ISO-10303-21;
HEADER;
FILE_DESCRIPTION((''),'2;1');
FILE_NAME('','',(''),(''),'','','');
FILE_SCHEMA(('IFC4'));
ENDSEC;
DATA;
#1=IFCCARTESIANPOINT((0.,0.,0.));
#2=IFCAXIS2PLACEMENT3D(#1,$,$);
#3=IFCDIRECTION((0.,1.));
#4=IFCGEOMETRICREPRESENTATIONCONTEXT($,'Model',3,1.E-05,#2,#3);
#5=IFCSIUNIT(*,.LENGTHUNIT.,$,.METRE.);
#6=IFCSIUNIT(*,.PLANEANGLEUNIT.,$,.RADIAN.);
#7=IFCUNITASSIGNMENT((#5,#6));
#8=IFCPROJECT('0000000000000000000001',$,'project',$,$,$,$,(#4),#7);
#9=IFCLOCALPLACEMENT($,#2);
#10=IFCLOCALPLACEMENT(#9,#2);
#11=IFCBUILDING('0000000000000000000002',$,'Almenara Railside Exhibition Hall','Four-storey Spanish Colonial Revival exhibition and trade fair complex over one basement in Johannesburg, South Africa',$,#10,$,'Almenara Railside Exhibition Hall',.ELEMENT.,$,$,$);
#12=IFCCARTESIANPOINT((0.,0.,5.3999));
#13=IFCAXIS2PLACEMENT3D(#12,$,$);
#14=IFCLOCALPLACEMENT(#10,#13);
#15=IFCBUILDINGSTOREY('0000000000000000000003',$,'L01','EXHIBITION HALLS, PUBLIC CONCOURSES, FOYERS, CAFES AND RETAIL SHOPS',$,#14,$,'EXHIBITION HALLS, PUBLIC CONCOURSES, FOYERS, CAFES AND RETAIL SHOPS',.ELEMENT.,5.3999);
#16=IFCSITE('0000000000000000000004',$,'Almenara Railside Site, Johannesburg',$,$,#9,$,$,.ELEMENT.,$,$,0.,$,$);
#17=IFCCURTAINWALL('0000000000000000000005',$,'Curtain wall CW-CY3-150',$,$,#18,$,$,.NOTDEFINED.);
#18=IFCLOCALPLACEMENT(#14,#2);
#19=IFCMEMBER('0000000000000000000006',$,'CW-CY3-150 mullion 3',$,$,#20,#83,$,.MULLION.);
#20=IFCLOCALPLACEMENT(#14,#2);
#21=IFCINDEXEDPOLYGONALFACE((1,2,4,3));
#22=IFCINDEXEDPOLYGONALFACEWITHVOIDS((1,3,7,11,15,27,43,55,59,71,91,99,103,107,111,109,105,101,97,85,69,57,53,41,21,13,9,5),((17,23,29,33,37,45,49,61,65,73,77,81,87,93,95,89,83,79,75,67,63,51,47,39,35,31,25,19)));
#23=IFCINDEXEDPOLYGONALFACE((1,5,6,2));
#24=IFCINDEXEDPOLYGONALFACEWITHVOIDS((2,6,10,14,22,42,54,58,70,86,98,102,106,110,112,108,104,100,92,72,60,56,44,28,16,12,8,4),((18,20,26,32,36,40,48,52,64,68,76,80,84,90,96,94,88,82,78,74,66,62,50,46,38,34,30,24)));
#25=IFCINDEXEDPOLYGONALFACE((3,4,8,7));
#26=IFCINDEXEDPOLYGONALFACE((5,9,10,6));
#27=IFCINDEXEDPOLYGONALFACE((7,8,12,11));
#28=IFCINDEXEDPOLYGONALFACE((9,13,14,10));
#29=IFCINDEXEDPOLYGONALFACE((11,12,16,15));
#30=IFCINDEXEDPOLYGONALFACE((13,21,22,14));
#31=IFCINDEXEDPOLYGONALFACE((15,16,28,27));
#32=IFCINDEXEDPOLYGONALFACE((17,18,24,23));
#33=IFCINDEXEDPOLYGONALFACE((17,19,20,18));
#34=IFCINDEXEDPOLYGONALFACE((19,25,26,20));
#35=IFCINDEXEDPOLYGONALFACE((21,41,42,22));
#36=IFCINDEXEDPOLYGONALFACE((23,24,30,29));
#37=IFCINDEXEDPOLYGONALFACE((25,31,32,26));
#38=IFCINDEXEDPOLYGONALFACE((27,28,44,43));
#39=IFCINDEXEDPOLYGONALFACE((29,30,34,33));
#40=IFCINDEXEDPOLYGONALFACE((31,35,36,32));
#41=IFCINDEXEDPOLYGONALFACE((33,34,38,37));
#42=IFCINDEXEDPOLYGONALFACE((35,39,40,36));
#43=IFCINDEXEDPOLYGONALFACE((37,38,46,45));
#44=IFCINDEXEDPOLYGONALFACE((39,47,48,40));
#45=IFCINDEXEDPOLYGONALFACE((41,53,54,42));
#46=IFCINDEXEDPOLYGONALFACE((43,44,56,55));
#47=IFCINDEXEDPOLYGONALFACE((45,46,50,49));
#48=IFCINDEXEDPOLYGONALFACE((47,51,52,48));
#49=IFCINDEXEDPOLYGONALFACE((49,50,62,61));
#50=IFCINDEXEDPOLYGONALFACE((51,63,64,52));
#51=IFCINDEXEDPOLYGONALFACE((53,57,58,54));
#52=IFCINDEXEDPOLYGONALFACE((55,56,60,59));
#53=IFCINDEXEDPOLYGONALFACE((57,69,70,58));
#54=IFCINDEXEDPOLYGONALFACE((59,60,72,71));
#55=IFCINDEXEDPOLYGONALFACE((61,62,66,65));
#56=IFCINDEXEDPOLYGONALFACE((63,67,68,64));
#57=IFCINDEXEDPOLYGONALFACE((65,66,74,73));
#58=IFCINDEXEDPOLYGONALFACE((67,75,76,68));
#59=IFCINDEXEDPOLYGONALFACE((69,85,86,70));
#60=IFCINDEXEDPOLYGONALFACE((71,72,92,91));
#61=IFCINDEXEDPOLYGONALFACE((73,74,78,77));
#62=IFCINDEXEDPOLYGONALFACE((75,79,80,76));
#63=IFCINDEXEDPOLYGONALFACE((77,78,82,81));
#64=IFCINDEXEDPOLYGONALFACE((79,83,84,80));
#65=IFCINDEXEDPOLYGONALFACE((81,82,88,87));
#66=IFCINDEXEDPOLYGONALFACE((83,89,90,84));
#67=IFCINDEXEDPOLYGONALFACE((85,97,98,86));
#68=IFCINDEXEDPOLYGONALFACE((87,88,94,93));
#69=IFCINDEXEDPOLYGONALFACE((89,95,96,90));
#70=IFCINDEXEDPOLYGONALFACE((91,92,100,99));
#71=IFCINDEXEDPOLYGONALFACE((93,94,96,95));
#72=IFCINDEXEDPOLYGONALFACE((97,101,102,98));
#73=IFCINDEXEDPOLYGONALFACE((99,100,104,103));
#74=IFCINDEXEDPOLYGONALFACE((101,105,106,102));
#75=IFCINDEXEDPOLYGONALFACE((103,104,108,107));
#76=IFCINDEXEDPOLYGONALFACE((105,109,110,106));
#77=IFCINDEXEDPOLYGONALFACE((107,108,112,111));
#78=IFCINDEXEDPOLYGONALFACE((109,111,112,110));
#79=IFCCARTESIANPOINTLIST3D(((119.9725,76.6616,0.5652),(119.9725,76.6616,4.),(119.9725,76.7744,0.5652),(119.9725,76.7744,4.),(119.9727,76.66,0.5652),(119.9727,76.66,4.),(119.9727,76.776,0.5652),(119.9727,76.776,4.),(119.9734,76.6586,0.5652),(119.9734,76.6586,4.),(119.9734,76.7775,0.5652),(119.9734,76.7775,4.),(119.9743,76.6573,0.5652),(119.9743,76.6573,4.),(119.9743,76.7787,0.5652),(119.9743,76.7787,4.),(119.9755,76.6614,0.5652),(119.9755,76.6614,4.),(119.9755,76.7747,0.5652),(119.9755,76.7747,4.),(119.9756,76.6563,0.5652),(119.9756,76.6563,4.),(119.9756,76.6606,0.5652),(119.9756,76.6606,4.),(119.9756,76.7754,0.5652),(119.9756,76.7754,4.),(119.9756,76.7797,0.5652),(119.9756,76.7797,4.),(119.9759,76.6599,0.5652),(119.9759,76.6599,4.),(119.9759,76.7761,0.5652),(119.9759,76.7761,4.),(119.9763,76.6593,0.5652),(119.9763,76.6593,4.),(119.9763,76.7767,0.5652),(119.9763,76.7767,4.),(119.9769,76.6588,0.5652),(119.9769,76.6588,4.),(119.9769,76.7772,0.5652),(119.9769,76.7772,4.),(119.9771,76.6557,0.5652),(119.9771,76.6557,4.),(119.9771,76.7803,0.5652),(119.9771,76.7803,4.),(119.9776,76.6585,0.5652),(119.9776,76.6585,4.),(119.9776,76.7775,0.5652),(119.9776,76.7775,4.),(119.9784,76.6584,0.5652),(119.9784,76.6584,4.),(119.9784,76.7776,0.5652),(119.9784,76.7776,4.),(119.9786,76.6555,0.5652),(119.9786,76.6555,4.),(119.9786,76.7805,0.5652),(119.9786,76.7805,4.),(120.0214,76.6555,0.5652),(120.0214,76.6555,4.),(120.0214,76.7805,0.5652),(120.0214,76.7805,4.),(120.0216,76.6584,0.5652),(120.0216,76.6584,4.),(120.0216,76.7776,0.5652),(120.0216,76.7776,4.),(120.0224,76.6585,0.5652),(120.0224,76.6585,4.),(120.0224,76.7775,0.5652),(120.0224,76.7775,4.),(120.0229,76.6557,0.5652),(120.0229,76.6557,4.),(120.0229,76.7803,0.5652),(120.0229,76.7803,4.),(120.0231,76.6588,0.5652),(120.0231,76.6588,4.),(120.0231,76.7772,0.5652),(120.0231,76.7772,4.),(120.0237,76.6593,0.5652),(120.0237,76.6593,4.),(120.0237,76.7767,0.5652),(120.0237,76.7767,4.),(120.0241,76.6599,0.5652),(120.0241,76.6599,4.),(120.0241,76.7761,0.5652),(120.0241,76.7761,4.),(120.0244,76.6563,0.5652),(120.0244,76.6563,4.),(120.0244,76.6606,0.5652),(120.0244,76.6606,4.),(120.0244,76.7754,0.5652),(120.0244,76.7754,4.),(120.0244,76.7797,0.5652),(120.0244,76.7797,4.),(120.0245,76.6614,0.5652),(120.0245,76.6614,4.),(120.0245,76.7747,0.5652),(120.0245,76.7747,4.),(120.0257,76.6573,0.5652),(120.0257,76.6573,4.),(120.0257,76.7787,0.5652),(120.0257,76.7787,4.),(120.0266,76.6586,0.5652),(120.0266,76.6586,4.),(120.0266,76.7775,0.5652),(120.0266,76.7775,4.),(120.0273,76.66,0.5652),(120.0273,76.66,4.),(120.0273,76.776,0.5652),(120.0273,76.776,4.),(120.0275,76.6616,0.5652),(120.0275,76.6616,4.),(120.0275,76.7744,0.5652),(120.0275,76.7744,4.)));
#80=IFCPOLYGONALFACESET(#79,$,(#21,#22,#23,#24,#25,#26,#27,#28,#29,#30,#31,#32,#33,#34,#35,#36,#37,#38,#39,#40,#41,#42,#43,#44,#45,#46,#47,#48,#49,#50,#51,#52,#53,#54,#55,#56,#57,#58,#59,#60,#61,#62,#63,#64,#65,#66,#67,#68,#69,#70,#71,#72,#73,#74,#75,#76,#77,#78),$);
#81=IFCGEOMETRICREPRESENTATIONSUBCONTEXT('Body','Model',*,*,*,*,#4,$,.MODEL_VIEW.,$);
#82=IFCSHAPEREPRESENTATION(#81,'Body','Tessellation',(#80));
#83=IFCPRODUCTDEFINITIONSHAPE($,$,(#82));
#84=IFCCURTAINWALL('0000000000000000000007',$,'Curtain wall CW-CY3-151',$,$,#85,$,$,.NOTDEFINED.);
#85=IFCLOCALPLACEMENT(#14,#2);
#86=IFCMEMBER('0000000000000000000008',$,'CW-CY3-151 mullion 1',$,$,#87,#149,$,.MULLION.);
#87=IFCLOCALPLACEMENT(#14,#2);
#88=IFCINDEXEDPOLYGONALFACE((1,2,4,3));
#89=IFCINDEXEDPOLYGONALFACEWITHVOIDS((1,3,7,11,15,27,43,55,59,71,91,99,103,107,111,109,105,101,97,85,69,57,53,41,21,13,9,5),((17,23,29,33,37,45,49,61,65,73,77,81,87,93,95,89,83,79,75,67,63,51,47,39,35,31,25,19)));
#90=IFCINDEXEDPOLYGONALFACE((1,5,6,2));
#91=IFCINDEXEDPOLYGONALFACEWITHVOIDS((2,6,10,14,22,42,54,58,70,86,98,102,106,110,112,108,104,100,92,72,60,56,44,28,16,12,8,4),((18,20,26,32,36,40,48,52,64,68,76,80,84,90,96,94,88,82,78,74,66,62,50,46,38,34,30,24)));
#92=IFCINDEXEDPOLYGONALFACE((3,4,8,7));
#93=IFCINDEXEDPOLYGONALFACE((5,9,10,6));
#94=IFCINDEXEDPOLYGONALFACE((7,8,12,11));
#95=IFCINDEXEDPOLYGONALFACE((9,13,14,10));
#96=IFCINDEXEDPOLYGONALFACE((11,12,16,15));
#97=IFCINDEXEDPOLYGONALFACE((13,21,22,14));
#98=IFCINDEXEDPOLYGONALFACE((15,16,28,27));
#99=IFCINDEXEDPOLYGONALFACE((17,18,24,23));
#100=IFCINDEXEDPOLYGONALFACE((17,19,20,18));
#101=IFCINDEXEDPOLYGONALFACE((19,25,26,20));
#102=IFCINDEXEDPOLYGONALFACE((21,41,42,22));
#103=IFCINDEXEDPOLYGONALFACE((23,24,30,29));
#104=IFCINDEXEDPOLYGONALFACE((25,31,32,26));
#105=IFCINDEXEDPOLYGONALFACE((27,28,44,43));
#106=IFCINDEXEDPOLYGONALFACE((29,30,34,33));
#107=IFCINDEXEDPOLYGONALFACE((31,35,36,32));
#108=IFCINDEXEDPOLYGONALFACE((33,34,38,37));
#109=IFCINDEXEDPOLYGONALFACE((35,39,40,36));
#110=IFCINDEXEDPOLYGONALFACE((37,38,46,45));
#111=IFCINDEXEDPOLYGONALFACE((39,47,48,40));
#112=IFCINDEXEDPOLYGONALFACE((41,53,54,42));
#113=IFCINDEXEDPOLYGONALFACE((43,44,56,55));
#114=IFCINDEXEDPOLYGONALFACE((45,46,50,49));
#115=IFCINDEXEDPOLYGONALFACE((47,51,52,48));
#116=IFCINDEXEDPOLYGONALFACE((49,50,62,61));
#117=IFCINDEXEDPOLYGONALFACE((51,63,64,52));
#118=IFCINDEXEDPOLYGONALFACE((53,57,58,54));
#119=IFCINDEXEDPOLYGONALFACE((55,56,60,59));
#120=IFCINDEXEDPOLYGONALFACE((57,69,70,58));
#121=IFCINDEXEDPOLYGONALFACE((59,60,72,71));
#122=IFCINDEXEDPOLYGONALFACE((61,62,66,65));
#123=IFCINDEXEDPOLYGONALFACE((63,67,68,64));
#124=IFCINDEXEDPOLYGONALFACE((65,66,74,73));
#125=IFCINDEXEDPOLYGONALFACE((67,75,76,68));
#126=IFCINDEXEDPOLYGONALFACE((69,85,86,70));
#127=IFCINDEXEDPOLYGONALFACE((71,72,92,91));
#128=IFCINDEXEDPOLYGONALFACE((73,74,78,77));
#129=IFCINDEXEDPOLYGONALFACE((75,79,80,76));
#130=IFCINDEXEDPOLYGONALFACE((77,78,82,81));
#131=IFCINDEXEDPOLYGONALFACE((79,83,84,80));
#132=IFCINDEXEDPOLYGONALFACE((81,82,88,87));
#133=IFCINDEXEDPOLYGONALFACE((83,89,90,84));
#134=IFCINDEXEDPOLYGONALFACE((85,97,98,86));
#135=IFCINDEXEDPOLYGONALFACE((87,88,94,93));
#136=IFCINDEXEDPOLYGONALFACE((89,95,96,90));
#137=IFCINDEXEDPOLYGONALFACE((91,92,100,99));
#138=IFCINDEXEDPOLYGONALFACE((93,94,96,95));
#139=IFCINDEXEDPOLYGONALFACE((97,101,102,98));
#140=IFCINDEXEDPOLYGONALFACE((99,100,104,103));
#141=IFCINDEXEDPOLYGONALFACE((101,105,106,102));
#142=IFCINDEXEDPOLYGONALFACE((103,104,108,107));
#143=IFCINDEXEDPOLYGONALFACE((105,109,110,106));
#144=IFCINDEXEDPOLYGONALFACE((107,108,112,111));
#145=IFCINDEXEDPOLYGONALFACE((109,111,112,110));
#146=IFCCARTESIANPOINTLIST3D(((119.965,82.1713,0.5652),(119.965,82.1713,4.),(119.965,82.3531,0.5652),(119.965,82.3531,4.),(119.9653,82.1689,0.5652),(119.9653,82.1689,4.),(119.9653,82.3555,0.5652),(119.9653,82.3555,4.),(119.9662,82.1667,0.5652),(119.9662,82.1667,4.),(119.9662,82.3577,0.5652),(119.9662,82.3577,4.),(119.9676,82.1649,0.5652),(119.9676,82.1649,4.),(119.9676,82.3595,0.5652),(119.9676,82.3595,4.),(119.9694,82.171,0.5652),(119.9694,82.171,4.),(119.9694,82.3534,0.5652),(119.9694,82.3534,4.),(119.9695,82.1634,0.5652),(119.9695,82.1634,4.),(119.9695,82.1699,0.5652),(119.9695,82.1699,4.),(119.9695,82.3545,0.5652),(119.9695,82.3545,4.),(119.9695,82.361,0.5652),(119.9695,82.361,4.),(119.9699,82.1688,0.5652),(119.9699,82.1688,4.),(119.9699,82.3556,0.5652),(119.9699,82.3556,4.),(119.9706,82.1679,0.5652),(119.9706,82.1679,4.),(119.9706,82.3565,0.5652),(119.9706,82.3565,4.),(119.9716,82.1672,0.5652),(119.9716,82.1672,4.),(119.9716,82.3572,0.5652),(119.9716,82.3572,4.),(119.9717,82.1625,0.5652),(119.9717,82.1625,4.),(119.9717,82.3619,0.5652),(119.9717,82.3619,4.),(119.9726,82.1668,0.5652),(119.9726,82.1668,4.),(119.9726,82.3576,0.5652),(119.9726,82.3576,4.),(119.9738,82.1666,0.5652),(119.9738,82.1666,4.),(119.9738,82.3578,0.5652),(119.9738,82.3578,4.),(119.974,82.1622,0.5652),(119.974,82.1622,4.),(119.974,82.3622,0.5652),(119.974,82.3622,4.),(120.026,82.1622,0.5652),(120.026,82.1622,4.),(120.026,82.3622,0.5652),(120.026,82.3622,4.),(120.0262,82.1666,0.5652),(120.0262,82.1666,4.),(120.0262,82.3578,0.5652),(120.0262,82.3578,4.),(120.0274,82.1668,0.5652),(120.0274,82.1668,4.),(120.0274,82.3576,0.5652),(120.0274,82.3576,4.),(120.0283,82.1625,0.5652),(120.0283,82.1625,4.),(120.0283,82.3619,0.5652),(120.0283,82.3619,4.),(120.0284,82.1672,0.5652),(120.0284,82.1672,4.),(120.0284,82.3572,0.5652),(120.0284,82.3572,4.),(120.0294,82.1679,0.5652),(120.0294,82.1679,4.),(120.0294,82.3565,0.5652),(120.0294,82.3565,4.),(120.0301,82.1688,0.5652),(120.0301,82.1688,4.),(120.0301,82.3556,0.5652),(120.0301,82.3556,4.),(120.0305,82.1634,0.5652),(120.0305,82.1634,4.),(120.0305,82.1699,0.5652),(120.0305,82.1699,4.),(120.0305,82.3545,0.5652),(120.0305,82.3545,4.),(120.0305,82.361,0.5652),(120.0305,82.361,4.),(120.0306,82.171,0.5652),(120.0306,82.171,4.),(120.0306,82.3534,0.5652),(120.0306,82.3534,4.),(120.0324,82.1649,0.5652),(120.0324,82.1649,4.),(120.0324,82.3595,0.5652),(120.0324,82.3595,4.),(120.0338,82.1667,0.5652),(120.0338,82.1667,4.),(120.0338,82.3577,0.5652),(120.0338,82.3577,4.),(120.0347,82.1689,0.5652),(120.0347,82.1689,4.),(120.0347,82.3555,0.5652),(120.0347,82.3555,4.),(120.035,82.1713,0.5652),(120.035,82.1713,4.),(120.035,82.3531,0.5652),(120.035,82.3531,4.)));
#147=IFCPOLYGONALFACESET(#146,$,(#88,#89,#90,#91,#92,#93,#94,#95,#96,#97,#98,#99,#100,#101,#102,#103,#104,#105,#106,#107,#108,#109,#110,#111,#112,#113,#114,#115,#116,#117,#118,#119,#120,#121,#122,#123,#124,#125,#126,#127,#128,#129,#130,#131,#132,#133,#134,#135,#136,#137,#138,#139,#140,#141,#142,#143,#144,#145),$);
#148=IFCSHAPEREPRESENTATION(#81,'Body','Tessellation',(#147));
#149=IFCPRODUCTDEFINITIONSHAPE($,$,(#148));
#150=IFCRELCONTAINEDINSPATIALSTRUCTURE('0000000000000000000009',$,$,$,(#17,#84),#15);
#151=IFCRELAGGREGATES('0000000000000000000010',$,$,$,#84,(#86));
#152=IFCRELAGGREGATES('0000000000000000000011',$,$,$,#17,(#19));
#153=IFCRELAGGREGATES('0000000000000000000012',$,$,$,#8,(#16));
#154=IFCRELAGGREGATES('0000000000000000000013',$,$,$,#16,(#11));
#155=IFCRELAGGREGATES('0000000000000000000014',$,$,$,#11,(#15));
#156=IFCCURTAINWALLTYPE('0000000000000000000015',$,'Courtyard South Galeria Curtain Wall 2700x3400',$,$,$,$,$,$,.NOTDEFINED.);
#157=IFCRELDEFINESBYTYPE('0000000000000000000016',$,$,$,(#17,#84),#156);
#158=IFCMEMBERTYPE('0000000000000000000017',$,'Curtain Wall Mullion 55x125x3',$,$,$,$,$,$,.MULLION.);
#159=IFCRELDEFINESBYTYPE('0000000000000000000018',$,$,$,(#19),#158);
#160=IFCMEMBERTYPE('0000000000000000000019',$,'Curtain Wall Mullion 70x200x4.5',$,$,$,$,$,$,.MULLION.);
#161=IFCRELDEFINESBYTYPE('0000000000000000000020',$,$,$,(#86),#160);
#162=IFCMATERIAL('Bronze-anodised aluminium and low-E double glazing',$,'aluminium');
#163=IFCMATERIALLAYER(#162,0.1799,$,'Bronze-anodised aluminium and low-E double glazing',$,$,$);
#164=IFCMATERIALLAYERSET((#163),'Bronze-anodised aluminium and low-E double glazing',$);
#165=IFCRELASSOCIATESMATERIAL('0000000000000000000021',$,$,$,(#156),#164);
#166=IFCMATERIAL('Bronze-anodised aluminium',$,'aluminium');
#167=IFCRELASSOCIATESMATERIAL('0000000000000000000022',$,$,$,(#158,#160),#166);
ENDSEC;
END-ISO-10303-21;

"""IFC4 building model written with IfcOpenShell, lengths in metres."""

from ifc_helpers import new_model, si_unit, direction, frame, origin, origin_2d, place, context, subcontext, project, spatial, hollow_rectangle, extrude, material, layer, layer_set, material_profile, profile_set, type_object, element, aggregate, save


model = new_model("IFC4")

# Units and contexts
model_context = context("Model", 3, precision=1e-05, world=origin(), true_north=direction((0.0, 1.0)))
body_context = subcontext(model_context, "Body", "Model", "MODEL_VIEW")
ifc_project = project(units=[si_unit("LENGTHUNIT", "METRE"), si_unit("PLANEANGLEUNIT", "RADIAN")], contexts=[model_context])

# Site, building, storey
site_placement = place(None, origin())
site = spatial("IfcSite", under=ifc_project, at=site_placement, Name="Almenara Railside Site, Johannesburg", CompositionType="ELEMENT", RefElevation=0.0)
building_placement = place(site_placement, origin())
building = spatial("IfcBuilding", under=site, at=building_placement, Name="Almenara Railside Exhibition Hall", Description="Four-storey Spanish Colonial Revival exhibition and trade fair complex over one basement in Johannesburg, South Africa", LongName="Almenara Railside Exhibition Hall", CompositionType="ELEMENT")
storey_placement = place(building_placement, frame((0.0, 0.0, 5.3999)))
storey = spatial("IfcBuildingStorey", under=building, at=storey_placement, Name="L01", Description="EXHIBITION HALLS, PUBLIC CONCOURSES, FOYERS, CAFES AND RETAIL SHOPS", LongName="EXHIBITION HALLS, PUBLIC CONCOURSES, FOYERS, CAFES AND RETAIL SHOPS", CompositionType="ELEMENT", Elevation=5.3999)

# Curtain wall, member
ifc_material_1 = material(Name="Bronze-anodised aluminium and low-E double glazing", Category="aluminium")
ifc_layer_1 = layer(ifc_material_1, 0.1799, Name="Bronze-anodised aluminium and low-E double glazing")
ifc_layer_set_1 = layer_set([ifc_layer_1], Name="Bronze-anodised aluminium and low-E double glazing")
curtain_wall_type = type_object("IfcCurtainWallType", Name="Courtyard South Galeria Curtain Wall 2700x3400", PredefinedType="NOTDEFINED", material=ifc_layer_set_1)
curtain_wall_1_placement = place(storey_placement, origin())
curtain_wall_1 = element("IfcCurtainWall", 1, at=curtain_wall_1_placement, inside=storey, type_object=curtain_wall_type, Name="Curtain wall CW-CY3-150", PredefinedType="NOTDEFINED")
ifc_material_2 = material(Name="Bronze-anodised aluminium", Category="aluminium")
ifc_material_profile_1 = material_profile(ifc_material_2, hollow_rectangle(XDim=0.0549, YDim=0.125, WallThickness=0.0029, InnerFilletRadius=0.0029, OuterFilletRadius=0.0061, at=origin_2d()), Name="ALU-MUL 55x125x3")
ifc_profile_set_1 = profile_set([ifc_material_profile_1], Name="Bronze-anodised aluminium")
member_type_1 = type_object("IfcMemberType", Name="Curtain Wall Mullion 55x125x3", PredefinedType="MULLION", material=ifc_profile_set_1)
member_1_placement = place(storey_placement, frame((120.0, 76.718, 0.5652), z_axis=(0.0, 0.0, 1.0), x_axis=(-1.0, 0.0, 0.0)))
member_1 = element("IfcMember", 2, at=member_1_placement, type_object=member_type_1, Name="CW-CY3-150 mullion 3", PredefinedType="MULLION", context=body_context, shape_type="SweptSolid", body=[
    extrude(hollow_rectangle(XDim=0.0549, YDim=0.125, WallThickness=0.0029, InnerFilletRadius=0.0029, OuterFilletRadius=0.0061, at=origin_2d()), origin(), (0.0, 0.0, 1.0), 3.4348),
])

# Curtain wall, member
curtain_wall_2_placement = place(storey_placement, origin())
curtain_wall_2 = element("IfcCurtainWall", 3, at=curtain_wall_2_placement, inside=storey, type_object=curtain_wall_type, Name="Curtain wall CW-CY3-151", PredefinedType="NOTDEFINED")
ifc_material_profile_2 = material_profile(ifc_material_2, hollow_rectangle(XDim=0.0701, YDim=0.2, WallThickness=0.0044, InnerFilletRadius=0.0044, OuterFilletRadius=0.009, at=origin_2d()), Name="ALU-MUL 70x200x4.5")
ifc_profile_set_2 = profile_set([ifc_material_profile_2], Name="Bronze-anodised aluminium")
member_type_2 = type_object("IfcMemberType", Name="Curtain Wall Mullion 70x200x4.5", PredefinedType="MULLION", material=ifc_profile_set_2)
member_2_placement = place(storey_placement, frame((120.0, 82.2622, 0.5652), z_axis=(0.0, 0.0, 1.0), x_axis=(-1.0, 0.0, 0.0)))
member_2 = element("IfcMember", 4, at=member_2_placement, type_object=member_type_2, Name="CW-CY3-151 mullion 1", PredefinedType="MULLION", context=body_context, shape_type="SweptSolid", body=[
    extrude(hollow_rectangle(XDim=0.0701, YDim=0.2, WallThickness=0.0044, InnerFilletRadius=0.0044, OuterFilletRadius=0.009, at=origin_2d()), origin(), (0.0, 0.0, 1.0), 3.4348),
])

aggregate(curtain_wall_2, [member_2])

aggregate(curtain_wall_1, [member_1])

save(model, "model.ifc")
